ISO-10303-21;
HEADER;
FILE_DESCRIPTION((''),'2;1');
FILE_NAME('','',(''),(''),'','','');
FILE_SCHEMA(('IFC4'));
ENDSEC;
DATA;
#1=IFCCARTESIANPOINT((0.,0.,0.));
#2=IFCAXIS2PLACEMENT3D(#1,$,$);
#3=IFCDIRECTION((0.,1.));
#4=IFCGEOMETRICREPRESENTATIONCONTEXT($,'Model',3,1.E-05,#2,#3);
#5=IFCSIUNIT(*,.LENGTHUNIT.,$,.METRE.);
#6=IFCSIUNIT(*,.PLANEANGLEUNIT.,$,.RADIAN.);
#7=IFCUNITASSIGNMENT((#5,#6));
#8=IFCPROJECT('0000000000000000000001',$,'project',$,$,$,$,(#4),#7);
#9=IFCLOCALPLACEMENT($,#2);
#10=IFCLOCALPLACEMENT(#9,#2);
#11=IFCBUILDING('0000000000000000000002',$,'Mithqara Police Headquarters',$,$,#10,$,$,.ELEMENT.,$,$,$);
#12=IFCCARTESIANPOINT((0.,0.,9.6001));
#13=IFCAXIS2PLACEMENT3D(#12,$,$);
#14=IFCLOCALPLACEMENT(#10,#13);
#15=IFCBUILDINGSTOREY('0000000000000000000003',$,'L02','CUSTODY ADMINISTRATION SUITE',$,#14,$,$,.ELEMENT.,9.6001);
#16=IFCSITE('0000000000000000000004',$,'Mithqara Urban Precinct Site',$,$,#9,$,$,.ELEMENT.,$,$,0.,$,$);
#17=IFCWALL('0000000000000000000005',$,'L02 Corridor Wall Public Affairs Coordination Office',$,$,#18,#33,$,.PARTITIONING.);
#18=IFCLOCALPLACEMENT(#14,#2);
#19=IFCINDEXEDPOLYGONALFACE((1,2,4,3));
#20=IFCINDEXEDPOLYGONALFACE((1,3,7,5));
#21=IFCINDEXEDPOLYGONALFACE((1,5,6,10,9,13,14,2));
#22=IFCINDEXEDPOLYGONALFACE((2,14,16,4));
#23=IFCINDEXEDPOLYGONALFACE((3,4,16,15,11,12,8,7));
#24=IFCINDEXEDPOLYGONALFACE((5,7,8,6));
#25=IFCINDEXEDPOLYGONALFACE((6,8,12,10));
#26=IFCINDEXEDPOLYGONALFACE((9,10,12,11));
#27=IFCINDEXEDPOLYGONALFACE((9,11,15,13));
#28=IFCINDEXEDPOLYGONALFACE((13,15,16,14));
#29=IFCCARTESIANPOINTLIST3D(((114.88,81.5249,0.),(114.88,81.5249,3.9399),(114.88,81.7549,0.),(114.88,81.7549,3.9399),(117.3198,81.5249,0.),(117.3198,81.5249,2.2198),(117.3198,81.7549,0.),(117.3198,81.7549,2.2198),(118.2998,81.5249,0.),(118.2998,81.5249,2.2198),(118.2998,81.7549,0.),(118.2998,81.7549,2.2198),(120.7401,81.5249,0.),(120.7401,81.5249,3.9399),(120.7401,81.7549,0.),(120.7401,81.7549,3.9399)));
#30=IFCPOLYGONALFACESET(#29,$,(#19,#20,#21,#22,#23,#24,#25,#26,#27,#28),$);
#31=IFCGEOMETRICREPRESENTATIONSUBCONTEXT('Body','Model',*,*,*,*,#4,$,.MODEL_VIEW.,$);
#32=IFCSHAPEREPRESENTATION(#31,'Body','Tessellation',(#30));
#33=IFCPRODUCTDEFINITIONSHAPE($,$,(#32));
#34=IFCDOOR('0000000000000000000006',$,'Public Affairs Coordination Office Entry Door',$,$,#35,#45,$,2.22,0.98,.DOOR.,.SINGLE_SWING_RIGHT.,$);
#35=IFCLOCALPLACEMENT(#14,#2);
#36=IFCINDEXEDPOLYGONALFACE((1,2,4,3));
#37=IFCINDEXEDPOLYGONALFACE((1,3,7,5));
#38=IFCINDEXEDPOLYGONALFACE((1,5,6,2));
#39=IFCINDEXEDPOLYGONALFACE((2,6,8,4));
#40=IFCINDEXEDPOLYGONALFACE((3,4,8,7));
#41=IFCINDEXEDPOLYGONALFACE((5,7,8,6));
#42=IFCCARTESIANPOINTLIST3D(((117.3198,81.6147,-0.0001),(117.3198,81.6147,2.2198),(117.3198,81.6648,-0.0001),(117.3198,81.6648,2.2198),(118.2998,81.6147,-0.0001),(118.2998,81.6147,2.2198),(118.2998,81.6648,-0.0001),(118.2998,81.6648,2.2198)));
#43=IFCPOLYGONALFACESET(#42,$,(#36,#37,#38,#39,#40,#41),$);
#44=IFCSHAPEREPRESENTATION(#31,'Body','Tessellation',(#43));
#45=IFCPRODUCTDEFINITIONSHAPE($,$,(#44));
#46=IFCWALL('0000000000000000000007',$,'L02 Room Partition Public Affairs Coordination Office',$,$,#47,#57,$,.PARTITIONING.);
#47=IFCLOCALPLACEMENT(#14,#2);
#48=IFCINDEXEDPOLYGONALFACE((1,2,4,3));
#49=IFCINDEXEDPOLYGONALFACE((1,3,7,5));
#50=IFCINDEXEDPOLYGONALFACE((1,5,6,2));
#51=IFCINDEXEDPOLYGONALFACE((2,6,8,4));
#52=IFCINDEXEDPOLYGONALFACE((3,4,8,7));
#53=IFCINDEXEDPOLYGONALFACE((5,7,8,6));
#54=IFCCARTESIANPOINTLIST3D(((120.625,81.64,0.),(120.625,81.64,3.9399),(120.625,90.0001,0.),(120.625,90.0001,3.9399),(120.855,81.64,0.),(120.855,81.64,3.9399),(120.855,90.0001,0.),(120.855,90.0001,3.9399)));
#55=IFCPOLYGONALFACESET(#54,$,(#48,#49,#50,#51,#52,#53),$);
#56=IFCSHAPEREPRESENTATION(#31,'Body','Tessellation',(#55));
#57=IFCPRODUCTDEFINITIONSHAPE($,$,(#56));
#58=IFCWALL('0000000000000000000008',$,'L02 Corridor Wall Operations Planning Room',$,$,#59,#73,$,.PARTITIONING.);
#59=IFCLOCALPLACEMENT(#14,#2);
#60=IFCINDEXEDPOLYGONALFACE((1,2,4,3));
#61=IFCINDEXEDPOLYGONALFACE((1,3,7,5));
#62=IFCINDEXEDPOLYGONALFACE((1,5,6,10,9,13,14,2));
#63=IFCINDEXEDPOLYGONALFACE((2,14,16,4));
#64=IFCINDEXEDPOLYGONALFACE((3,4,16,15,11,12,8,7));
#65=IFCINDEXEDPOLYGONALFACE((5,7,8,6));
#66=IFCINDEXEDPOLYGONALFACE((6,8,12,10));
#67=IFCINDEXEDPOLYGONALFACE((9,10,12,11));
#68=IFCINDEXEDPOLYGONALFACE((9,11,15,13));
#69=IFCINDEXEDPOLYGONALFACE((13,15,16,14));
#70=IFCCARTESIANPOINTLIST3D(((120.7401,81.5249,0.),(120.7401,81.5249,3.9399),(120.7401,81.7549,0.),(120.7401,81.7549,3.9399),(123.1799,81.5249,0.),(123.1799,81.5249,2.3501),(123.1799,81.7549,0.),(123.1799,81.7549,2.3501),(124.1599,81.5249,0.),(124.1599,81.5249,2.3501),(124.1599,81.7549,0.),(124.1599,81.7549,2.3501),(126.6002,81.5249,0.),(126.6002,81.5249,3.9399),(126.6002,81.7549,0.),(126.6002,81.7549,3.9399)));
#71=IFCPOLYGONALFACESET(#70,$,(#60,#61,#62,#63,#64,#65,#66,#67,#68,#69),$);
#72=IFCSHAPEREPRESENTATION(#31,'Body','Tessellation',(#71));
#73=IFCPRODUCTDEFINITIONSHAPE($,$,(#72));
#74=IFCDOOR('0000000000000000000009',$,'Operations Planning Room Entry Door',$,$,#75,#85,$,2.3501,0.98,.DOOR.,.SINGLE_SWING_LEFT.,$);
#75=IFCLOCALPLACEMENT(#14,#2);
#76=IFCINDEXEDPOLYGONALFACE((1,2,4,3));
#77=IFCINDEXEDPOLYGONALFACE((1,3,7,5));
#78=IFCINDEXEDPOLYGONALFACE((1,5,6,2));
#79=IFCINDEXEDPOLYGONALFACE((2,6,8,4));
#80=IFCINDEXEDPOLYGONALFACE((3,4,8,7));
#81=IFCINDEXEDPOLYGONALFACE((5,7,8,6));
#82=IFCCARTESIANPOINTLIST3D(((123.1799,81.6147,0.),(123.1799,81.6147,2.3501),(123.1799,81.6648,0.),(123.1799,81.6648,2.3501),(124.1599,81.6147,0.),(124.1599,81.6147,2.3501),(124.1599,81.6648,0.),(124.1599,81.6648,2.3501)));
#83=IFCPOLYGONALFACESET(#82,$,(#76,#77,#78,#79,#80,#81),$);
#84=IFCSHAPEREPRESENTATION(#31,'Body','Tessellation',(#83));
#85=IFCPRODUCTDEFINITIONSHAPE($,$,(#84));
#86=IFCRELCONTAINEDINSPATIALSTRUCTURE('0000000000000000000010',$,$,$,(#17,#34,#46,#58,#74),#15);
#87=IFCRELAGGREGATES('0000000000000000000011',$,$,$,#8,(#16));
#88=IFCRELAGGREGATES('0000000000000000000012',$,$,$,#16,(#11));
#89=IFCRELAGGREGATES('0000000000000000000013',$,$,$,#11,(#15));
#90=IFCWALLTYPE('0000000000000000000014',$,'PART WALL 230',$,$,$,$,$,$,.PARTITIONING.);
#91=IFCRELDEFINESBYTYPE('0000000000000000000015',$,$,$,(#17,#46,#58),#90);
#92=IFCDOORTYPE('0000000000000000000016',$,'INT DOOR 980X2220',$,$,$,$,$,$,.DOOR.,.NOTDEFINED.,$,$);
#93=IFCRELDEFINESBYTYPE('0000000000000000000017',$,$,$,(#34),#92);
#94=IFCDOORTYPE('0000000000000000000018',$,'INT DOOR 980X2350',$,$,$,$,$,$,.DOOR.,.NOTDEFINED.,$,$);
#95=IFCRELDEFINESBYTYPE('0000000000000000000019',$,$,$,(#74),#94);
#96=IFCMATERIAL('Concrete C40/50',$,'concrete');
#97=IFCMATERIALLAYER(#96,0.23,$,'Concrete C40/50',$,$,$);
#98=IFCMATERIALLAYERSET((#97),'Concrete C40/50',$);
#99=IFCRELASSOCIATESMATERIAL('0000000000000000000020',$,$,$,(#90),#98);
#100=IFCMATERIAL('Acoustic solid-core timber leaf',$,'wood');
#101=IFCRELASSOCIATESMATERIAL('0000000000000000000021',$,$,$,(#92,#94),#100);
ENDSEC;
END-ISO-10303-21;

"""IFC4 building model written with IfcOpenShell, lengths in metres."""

from ifc_helpers import new_model, si_unit, direction, frame, frame_2d, origin, place, context, subcontext, project, spatial, rectangle, extrude, material, layer, layer_set, type_object, element, fill, save


model = new_model("IFC4")

# Units and contexts
model_context = context("Model", 3, precision=1e-05, world=origin(), true_north=direction((0.0, 1.0)))
body_context = subcontext(model_context, "Body", "Model", "MODEL_VIEW")
ifc_project = project(units=[si_unit("LENGTHUNIT", "METRE"), si_unit("PLANEANGLEUNIT", "RADIAN")], contexts=[model_context])

# Site, building, storey
site_placement = place(None, origin())
site = spatial("IfcSite", under=ifc_project, at=site_placement, Name="Mithqara Urban Precinct Site", CompositionType="ELEMENT", RefElevation=0.0)
building_placement = place(site_placement, origin())
building = spatial("IfcBuilding", under=site, at=building_placement, Name="Mithqara Police Headquarters", CompositionType="ELEMENT")
storey_placement = place(building_placement, frame((0.0, 0.0, 9.6001)))
storey = spatial("IfcBuildingStorey", under=building, at=storey_placement, Name="L02", Description="CUSTODY ADMINISTRATION SUITE", CompositionType="ELEMENT", Elevation=9.6001)

# Shared definitions
ifc_material_1 = material(Name="Concrete C40/50", Category="concrete")

# Shared definitions
ifc_layer = layer(ifc_material_1, 0.23, Name="Concrete C40/50")
ifc_layer_set = layer_set([ifc_layer], Name="Concrete C40/50")
wall_type = type_object("IfcWallType", Name="PART WALL 230", PredefinedType="PARTITIONING", material=ifc_layer_set)

# Wall, opening, door
wall_1_placement = place(storey_placement, frame((114.8799, 81.6399, 0.0), z_axis=(0.0, 0.0, 1.0), x_axis=(1.0, 0.0, 0.0)))
wall_1 = element("IfcWall", 1, at=wall_1_placement, inside=storey, type_object=wall_type, Name="L02 Corridor Wall Public Affairs Coordination Office", PredefinedType="PARTITIONING", context=body_context, shape_type="SweptSolid", body=[
    extrude(rectangle(XDim=5.8601, YDim=0.23, at=frame_2d((2.9302, 0.0))), origin(), (0.0, 0.0, 1.0), 3.9399),
])
opening_1_placement = place(wall_1_placement, frame((2.4399, 0.0, 0.0)))
opening_1 = element("IfcOpeningElement", 2, at=opening_1_placement, cuts=wall_1, PredefinedType="OPENING", context=body_context, shape_type="SweptSolid", body=[
    extrude(rectangle(XDim=0.98, YDim=2.22, at=frame_2d((0.49, 1.1099))), frame((0.0, 0.125, 0.0), z_axis=(0.0, -1.0, 0.0), x_axis=(1.0, 0.0, 0.0)), (0.0, 0.0, 1.0), 0.25),
])
ifc_material_2 = material(Name="Acoustic solid-core timber leaf", Category="wood")
door_type_1 = type_object("IfcDoorType", Name="INT DOOR 980X2220", OperationType="NOTDEFINED", PredefinedType="DOOR", material=ifc_material_2)
door_1_placement = place(opening_1_placement, origin())
door_1 = element("IfcDoor", 3, at=door_1_placement, inside=storey, type_object=door_type_1, Name="Public Affairs Coordination Office Entry Door", OperationType="SINGLE_SWING_RIGHT", OverallHeight=2.22, OverallWidth=0.98, PredefinedType="DOOR", context=body_context, shape_type="SweptSolid", body=[
    extrude(rectangle(XDim=0.98, YDim=2.22, at=frame_2d((0.49, 1.1099))), frame((0.0, 0.0249, 0.0), z_axis=(0.0, -1.0, 0.0), x_axis=(1.0, 0.0, 0.0)), (0.0, 0.0, 1.0), 0.05),
])
fill(opening_1, door_1)

# Wall
wall_2_placement = place(storey_placement, frame((120.74, 81.6399, 0.0), z_axis=(0.0, 0.0, 1.0), x_axis=(0.0, 1.0, 0.0)))
element("IfcWall", 4, at=wall_2_placement, inside=storey, type_object=wall_type, Name="L02 Room Partition Public Affairs Coordination Office", PredefinedType="PARTITIONING", context=body_context, shape_type="SweptSolid", body=[
    extrude(rectangle(XDim=8.3601, YDim=0.23, at=frame_2d((4.1802, 0.0))), origin(), (0.0, 0.0, 1.0), 3.9399),
])

# Wall, opening, door
wall_3_placement = place(storey_placement, frame((120.74, 81.6399, 0.0), z_axis=(0.0, 0.0, 1.0), x_axis=(1.0, 0.0, 0.0)))
wall_3 = element("IfcWall", 5, at=wall_3_placement, inside=storey, type_object=wall_type, Name="L02 Corridor Wall Operations Planning Room", PredefinedType="PARTITIONING", context=body_context, shape_type="SweptSolid", body=[
    extrude(rectangle(XDim=5.8601, YDim=0.23, at=frame_2d((2.9302, 0.0))), origin(), (0.0, 0.0, 1.0), 3.9399),
])
opening_2_placement = place(wall_3_placement, frame((2.4399, 0.0, 0.0)))
opening_2 = element("IfcOpeningElement", 6, at=opening_2_placement, cuts=wall_3, PredefinedType="OPENING", context=body_context, shape_type="SweptSolid", body=[
    extrude(rectangle(XDim=0.98, YDim=2.3501, at=frame_2d((0.49, 1.175))), frame((0.0, 0.125, 0.0), z_axis=(0.0, -1.0, 0.0), x_axis=(1.0, 0.0, 0.0)), (0.0, 0.0, 1.0), 0.25),
])
door_type_2 = type_object("IfcDoorType", Name="INT DOOR 980X2350", OperationType="NOTDEFINED", PredefinedType="DOOR", material=ifc_material_2)
door_2_placement = place(opening_2_placement, origin())
door_2 = element("IfcDoor", 7, at=door_2_placement, inside=storey, type_object=door_type_2, Name="Operations Planning Room Entry Door", OperationType="SINGLE_SWING_LEFT", OverallHeight=2.3501, OverallWidth=0.98, PredefinedType="DOOR", context=body_context, shape_type="SweptSolid", body=[
    extrude(rectangle(XDim=0.98, YDim=2.3501, at=frame_2d((0.49, 1.175))), frame((0.0, 0.0249, 0.0), z_axis=(0.0, -1.0, 0.0), x_axis=(1.0, 0.0, 0.0)), (0.0, 0.0, 1.0), 0.05),
])
fill(opening_2, door_2)

save(model, "model.ifc")
